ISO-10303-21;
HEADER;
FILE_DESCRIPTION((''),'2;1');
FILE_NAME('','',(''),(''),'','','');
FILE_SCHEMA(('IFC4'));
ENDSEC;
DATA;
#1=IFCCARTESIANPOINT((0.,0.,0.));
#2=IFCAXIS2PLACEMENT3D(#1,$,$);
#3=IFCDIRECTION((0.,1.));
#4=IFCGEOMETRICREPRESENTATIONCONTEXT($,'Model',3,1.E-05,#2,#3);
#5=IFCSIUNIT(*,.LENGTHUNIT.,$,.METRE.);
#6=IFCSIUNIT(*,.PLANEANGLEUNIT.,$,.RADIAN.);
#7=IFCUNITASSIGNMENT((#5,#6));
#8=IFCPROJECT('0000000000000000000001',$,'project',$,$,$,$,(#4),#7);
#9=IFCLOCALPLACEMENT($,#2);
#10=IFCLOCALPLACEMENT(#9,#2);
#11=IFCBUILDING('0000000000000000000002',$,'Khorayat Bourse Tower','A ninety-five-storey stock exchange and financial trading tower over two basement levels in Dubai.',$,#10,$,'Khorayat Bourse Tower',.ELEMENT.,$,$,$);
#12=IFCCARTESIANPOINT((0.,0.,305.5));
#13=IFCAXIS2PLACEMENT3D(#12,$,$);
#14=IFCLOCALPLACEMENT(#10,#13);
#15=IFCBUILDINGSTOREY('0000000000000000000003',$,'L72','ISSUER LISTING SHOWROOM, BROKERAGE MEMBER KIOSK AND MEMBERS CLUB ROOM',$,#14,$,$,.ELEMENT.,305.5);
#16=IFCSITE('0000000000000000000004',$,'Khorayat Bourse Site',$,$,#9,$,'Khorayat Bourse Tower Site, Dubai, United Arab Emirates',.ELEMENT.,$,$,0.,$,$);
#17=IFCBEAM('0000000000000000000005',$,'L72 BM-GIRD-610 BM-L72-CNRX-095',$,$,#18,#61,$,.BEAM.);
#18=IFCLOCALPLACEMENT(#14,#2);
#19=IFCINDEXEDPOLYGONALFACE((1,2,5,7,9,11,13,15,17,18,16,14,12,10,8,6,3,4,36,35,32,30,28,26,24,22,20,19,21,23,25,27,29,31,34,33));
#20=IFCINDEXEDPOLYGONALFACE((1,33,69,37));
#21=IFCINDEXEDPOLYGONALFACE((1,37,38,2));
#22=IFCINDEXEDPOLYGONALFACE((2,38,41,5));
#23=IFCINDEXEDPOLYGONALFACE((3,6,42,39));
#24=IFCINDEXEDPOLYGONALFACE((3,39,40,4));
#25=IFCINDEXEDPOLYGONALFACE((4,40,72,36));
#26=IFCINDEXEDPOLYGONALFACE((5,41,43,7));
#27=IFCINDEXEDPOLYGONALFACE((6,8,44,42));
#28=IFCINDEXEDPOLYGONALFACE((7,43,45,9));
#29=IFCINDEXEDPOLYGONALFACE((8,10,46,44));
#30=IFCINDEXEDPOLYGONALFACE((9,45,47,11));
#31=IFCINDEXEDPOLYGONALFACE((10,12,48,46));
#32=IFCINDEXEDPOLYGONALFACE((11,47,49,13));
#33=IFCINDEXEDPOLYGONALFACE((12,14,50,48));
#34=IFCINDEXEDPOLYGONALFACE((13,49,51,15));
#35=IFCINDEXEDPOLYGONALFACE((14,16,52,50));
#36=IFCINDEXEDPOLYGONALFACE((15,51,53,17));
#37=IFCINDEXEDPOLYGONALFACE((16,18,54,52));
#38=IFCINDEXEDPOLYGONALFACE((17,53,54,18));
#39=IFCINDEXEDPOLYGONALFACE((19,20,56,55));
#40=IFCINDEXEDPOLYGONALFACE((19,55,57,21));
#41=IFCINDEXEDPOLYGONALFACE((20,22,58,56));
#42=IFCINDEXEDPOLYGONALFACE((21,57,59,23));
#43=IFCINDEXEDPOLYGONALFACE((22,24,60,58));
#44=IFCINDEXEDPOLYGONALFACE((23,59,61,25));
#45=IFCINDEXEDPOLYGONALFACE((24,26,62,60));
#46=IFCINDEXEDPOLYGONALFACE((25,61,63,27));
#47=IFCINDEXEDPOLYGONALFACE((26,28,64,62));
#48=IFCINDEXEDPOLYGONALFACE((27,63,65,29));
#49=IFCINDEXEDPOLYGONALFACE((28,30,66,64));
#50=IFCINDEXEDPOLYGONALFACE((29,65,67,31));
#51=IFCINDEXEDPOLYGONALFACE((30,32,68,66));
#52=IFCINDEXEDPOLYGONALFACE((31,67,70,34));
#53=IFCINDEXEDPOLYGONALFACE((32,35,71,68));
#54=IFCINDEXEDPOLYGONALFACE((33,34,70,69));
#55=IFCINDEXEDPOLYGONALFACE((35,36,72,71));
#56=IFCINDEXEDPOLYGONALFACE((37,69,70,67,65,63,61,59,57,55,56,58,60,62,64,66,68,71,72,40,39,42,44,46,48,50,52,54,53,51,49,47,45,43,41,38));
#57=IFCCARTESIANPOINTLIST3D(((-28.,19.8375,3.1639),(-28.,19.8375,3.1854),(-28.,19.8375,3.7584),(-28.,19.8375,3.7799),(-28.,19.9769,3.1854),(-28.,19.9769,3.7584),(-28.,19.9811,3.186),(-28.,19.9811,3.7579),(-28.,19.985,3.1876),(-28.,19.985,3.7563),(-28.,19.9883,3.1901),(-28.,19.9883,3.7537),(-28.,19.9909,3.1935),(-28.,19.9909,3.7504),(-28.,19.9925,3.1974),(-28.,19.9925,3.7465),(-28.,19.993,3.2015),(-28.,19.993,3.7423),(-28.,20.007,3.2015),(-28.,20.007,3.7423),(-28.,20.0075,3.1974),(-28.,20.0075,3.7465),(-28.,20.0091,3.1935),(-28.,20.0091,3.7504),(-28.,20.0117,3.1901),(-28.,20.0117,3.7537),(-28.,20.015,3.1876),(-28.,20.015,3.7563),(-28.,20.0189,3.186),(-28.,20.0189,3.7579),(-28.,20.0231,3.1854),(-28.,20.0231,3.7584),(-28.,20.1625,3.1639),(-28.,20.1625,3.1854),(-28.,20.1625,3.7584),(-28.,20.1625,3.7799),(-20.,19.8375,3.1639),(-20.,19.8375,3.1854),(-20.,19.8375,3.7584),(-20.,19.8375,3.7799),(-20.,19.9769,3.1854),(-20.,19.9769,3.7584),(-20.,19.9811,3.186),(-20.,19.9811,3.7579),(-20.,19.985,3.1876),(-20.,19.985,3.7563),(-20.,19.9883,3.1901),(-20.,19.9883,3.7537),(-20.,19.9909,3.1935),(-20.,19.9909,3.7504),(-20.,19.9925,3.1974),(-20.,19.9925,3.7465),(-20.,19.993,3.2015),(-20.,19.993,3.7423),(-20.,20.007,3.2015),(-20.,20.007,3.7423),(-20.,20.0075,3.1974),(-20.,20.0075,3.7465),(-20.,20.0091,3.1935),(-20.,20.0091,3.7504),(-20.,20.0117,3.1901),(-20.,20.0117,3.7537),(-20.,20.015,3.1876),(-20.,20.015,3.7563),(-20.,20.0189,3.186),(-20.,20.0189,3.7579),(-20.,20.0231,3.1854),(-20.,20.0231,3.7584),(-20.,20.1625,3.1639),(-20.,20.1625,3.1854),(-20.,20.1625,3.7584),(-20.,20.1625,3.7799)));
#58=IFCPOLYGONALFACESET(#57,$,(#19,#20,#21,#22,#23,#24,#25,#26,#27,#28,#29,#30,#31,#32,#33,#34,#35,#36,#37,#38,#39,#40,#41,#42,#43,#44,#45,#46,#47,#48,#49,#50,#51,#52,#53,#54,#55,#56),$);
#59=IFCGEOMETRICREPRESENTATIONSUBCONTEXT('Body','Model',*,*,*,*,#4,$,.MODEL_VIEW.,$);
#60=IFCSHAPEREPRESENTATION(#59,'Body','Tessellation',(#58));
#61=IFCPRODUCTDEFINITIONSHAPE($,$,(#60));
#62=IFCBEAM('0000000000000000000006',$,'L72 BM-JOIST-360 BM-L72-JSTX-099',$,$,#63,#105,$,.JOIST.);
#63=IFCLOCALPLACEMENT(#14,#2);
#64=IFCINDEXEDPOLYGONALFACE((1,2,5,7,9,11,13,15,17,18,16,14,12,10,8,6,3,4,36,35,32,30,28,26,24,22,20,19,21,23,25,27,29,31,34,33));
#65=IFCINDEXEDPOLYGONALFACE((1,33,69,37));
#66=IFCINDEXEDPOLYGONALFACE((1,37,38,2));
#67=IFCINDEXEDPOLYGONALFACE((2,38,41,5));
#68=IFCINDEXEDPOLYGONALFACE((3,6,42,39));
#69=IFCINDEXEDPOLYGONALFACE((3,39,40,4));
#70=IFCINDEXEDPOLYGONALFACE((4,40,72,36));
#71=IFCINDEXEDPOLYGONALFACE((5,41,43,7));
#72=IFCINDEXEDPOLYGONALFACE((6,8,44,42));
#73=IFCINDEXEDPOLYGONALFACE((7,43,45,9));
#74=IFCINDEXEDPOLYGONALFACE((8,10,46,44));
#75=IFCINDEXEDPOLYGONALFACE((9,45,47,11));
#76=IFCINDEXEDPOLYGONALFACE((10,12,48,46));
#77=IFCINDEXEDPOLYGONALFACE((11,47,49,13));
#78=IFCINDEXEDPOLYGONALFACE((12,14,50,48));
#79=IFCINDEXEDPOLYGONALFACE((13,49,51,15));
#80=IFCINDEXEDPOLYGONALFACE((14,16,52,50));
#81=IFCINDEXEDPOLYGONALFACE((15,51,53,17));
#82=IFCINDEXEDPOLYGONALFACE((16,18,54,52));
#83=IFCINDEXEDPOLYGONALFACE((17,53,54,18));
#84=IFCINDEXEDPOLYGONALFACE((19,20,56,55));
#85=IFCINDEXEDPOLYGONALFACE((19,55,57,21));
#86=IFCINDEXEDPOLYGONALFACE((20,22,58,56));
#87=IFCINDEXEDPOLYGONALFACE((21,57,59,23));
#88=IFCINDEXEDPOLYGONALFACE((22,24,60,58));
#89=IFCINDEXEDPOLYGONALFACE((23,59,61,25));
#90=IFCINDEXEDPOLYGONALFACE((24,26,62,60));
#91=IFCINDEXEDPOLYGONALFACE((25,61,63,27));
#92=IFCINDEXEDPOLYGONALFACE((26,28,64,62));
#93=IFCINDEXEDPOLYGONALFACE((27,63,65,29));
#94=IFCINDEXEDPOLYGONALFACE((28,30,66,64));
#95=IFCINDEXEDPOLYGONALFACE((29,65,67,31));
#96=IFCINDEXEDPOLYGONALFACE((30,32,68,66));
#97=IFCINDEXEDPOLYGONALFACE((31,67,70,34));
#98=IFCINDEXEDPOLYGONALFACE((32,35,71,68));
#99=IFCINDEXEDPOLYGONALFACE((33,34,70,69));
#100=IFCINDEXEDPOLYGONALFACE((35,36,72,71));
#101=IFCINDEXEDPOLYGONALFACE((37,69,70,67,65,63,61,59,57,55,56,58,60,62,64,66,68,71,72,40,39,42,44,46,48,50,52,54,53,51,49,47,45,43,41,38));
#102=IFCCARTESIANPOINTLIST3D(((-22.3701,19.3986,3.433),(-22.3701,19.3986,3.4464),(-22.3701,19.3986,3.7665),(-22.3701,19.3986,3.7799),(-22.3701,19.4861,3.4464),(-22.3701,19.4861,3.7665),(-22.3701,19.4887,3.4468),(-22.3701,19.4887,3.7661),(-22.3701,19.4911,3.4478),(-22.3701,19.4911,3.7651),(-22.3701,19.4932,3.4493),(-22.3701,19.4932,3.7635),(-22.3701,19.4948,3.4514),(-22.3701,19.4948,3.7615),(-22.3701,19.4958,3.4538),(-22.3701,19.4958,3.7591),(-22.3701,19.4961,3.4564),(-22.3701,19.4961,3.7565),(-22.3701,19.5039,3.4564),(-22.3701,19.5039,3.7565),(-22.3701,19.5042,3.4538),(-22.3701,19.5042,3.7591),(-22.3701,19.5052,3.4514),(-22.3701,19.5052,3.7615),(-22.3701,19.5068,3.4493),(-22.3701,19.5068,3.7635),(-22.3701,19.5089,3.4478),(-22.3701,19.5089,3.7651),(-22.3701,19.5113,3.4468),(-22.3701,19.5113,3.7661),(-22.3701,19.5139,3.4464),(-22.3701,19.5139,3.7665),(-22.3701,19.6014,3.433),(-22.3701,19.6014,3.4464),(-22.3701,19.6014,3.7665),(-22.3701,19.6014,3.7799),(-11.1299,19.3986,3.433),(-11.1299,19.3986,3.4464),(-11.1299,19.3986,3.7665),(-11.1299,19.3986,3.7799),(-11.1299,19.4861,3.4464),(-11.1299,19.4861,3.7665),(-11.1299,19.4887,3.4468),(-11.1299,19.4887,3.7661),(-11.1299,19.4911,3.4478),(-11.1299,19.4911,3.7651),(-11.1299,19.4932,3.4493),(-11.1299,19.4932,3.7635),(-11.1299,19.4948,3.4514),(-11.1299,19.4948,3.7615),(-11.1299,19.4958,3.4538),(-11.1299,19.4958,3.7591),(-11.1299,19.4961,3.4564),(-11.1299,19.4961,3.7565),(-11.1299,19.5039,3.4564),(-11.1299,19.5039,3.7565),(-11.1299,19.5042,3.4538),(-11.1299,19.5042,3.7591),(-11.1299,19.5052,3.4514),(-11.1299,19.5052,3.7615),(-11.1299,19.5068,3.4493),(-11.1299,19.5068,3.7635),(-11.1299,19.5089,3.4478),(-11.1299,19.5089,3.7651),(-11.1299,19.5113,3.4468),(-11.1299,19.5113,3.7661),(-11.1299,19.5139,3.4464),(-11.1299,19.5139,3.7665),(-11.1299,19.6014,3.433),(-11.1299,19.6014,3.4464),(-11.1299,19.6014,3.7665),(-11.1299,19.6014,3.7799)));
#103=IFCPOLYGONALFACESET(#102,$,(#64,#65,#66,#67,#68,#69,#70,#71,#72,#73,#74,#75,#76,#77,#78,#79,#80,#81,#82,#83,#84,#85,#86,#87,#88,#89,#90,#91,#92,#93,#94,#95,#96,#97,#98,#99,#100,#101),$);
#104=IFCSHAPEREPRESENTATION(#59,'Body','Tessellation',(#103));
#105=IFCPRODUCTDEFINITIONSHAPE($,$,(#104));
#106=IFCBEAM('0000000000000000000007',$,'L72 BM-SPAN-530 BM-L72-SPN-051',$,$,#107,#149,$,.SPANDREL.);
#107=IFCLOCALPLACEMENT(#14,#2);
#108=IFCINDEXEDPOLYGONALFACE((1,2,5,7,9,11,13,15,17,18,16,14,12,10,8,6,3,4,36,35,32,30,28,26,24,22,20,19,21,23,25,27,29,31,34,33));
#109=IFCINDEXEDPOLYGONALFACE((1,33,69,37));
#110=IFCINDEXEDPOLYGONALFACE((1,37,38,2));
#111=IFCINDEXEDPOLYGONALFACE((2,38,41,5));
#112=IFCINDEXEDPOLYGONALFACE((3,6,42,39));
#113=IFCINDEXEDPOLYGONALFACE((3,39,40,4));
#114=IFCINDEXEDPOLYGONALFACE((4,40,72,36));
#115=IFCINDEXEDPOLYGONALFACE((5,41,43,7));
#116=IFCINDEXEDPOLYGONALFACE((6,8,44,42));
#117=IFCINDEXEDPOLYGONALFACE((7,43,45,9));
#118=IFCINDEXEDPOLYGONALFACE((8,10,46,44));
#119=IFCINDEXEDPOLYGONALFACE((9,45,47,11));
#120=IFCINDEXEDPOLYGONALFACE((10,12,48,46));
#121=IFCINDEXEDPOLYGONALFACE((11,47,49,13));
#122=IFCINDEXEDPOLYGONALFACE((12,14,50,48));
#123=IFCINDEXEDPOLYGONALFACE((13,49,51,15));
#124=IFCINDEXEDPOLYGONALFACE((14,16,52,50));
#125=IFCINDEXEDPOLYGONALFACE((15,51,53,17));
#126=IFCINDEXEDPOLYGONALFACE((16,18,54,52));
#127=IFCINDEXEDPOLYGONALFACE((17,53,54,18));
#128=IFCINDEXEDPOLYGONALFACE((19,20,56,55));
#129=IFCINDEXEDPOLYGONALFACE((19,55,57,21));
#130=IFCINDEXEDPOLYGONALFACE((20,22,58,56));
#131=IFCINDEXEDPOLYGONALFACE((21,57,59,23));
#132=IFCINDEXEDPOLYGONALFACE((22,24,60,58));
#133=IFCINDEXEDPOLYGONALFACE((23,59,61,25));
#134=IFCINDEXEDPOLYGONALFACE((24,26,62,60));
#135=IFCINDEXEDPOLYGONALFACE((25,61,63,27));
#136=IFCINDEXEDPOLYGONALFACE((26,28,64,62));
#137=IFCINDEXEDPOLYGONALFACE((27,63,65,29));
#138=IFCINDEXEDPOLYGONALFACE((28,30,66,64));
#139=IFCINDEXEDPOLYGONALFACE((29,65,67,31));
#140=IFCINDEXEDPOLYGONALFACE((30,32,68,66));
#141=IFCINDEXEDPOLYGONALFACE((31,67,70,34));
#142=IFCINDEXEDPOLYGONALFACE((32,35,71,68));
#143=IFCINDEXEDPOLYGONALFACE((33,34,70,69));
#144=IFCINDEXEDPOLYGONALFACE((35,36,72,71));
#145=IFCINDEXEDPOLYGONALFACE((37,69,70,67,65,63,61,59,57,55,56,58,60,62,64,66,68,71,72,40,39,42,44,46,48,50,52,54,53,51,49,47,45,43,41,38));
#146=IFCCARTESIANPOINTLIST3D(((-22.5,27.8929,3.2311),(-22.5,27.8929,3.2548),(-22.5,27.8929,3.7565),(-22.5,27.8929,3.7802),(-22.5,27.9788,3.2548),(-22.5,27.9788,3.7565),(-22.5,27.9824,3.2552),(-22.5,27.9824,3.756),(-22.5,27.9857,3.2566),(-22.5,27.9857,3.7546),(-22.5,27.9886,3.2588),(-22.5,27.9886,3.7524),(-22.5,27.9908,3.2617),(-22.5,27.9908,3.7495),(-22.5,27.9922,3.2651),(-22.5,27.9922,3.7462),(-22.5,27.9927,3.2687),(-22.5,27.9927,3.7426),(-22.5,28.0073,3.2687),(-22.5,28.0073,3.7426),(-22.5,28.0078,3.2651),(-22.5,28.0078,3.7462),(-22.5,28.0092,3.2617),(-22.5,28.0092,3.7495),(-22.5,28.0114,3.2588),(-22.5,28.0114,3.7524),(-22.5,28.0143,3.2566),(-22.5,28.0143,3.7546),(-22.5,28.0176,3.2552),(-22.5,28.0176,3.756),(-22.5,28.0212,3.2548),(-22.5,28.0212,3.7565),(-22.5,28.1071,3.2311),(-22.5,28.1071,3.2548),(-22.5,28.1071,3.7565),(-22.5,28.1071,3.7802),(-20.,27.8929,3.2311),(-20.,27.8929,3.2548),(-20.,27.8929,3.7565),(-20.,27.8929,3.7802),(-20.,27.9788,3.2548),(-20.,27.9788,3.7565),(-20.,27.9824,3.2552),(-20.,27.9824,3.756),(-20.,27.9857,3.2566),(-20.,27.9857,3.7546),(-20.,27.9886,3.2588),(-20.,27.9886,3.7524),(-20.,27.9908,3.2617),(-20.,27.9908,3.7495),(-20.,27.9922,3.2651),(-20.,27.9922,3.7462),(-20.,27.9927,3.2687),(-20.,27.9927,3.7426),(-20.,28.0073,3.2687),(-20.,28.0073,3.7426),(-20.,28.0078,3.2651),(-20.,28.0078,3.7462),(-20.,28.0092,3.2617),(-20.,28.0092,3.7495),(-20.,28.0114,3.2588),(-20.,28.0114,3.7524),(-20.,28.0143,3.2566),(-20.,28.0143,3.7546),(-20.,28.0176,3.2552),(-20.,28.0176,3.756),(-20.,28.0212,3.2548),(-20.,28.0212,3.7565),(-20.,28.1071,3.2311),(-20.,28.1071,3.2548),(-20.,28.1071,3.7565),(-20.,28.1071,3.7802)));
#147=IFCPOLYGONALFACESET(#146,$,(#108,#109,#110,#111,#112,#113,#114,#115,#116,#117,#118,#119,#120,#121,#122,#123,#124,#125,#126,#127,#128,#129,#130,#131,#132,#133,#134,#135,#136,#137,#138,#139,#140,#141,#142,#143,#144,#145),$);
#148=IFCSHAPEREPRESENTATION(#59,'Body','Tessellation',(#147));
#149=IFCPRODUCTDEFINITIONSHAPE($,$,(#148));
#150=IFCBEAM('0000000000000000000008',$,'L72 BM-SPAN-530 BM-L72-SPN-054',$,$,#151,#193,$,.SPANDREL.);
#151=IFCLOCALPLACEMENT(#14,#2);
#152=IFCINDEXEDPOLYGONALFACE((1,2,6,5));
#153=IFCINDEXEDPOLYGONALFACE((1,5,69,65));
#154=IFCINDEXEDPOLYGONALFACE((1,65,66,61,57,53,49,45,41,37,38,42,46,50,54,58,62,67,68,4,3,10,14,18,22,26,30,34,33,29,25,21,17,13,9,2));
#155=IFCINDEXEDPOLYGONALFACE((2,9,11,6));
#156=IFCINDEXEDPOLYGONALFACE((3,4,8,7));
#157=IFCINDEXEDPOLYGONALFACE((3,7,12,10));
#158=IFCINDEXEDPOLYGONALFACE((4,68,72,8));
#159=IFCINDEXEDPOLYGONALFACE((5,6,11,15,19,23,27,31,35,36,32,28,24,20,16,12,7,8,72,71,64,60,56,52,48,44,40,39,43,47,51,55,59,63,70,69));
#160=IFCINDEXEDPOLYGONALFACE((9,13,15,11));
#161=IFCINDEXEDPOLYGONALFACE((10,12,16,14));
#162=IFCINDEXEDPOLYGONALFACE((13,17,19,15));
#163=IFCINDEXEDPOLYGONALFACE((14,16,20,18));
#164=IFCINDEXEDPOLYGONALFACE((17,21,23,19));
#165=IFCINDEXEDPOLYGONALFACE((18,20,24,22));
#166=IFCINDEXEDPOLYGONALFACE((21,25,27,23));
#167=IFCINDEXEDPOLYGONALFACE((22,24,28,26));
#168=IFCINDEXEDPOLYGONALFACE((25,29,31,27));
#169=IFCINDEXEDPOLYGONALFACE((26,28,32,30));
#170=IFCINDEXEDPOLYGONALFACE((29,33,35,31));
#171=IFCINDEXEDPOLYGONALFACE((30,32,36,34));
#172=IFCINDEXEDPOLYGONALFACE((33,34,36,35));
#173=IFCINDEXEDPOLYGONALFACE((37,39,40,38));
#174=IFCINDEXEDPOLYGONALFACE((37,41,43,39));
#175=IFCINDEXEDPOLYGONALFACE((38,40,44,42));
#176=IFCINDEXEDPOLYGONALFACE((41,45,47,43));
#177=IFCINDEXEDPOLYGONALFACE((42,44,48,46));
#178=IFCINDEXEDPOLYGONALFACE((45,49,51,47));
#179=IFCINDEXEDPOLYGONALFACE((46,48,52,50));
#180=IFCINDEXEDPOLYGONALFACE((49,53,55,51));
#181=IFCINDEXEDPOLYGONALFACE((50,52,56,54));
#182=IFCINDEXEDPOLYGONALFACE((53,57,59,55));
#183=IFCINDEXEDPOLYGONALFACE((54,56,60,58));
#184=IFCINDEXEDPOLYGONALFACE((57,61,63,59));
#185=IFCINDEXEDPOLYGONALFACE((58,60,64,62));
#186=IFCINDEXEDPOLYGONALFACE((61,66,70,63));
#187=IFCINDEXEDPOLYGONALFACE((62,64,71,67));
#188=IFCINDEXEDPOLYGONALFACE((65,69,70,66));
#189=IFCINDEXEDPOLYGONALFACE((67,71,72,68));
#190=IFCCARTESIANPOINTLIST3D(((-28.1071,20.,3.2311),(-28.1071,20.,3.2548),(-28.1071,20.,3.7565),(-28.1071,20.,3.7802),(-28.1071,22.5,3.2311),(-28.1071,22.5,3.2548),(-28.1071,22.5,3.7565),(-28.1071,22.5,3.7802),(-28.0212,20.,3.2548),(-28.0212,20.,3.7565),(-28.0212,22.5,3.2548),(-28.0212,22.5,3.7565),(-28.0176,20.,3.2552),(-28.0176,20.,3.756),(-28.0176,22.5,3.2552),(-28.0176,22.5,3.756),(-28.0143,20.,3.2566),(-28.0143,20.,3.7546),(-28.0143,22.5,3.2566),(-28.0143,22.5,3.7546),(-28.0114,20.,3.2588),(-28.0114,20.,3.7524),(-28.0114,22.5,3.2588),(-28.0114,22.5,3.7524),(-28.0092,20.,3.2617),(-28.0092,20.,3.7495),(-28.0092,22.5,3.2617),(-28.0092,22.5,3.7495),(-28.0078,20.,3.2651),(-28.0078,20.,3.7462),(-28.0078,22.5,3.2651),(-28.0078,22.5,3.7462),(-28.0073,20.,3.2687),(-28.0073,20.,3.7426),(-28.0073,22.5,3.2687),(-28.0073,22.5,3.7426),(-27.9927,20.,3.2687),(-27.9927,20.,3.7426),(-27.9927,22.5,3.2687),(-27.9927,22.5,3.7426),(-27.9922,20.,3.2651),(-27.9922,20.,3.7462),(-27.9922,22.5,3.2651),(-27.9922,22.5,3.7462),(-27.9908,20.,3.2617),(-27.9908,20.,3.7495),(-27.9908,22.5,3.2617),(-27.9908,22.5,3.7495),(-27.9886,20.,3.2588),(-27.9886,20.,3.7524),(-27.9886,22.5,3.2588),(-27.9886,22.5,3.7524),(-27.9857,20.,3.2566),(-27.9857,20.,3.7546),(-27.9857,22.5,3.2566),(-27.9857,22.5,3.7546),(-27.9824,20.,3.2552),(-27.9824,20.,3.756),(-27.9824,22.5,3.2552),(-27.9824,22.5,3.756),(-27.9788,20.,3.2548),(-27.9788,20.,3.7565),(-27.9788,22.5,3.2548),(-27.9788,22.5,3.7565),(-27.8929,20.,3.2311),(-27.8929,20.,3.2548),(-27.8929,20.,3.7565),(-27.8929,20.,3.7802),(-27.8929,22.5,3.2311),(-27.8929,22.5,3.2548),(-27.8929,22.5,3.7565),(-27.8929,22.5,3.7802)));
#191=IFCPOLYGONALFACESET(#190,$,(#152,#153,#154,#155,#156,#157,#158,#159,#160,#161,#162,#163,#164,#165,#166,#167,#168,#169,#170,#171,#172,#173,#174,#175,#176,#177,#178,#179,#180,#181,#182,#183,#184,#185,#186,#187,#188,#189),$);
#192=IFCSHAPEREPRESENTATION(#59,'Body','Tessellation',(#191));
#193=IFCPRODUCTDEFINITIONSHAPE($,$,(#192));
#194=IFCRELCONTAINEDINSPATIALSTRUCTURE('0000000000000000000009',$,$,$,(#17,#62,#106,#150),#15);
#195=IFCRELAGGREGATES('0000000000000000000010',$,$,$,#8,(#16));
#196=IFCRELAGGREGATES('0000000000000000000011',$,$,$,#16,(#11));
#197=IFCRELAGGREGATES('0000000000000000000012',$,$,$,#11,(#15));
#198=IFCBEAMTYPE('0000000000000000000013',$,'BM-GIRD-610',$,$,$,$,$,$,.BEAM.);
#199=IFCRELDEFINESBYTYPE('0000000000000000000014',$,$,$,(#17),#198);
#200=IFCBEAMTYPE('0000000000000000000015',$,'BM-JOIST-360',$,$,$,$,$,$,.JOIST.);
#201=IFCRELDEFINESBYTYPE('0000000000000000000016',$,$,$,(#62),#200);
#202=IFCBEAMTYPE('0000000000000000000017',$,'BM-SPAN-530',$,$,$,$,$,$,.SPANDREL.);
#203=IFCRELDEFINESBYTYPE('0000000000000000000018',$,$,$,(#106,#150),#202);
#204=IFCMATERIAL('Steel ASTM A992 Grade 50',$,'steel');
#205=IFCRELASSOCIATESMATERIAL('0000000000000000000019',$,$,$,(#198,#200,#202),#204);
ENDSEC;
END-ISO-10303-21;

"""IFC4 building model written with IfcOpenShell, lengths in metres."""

from ifc_helpers import new_model, si_unit, direction, frame, origin, origin_2d, place, context, subcontext, project, spatial, i_section, extrude, source, transform, mapped, material, material_profile, profile_set, type_object, element, save


model = new_model("IFC4")

# Units and contexts
model_context = context("Model", 3, precision=1e-05, world=origin(), true_north=direction((0.0, 1.0)))
body_context = subcontext(model_context, "Body", "Model", "MODEL_VIEW")
ifc_project = project(units=[si_unit("LENGTHUNIT", "METRE"), si_unit("PLANEANGLEUNIT", "RADIAN")], contexts=[model_context])

# Site, building, storey
site_placement = place(None, origin())
site = spatial("IfcSite", under=ifc_project, at=site_placement, Name="Khorayat Bourse Site", LongName="Khorayat Bourse Tower Site, Dubai, United Arab Emirates", CompositionType="ELEMENT", RefElevation=0.0)
building_placement = place(site_placement, origin())
building = spatial("IfcBuilding", under=site, at=building_placement, Name="Khorayat Bourse Tower", Description="A ninety-five-storey stock exchange and financial trading tower over two basement levels in Dubai.", LongName="Khorayat Bourse Tower", CompositionType="ELEMENT")
storey_placement = place(building_placement, frame((0.0, 0.0, 305.5)))
storey = spatial("IfcBuildingStorey", under=building, at=storey_placement, Name="L72", Description="ISSUER LISTING SHOWROOM, BROKERAGE MEMBER KIOSK AND MEMBERS CLUB ROOM", CompositionType="ELEMENT", Elevation=305.5)

# Beams
ifc_material_1 = material(Name="Steel ASTM A992 Grade 50", Category="steel")
ifc_material_profile_1 = material_profile(ifc_material_1, i_section(OverallWidth=0.325, OverallDepth=0.616, WebThickness=0.0139, FlangeThickness=0.0215, FilletRadius=0.0161, at=origin_2d()), Name="W610X174")
ifc_profile_set_1 = profile_set([ifc_material_profile_1], Name="Steel ASTM A992 Grade 50")
beam_type_1 = type_object("IfcBeamType", Name="BM-GIRD-610", PredefinedType="BEAM", material=ifc_profile_set_1)
shared_shape_1 = source(origin(), body_context, "Body", "SweptSolid", [
    extrude(i_section(OverallWidth=0.325, OverallDepth=0.616, WebThickness=0.0139, FlangeThickness=0.0215, FilletRadius=0.0161, at=origin_2d()), origin(), (0.0, 0.0, 1.0), 8.0),
])
beam_1_placement = place(storey_placement, frame((-28.0, 20.0, 3.4719), z_axis=(1.0, 0.0, 0.0), x_axis=(0.0, 1.0, 0.0)))
element("IfcBeam", 1, at=beam_1_placement, inside=storey, type_object=beam_type_1, Name="L72 BM-GIRD-610 BM-L72-CNRX-095", PredefinedType="BEAM", context=body_context, shape_type="MappedRepresentation", body=[
    mapped(shared_shape_1, transform((0.0, 0.0, 0.0), scale=1.0)),
])
ifc_material_profile_2 = material_profile(ifc_material_1, i_section(OverallWidth=0.2029, OverallDepth=0.3469, WebThickness=0.0078, FlangeThickness=0.0134, FilletRadius=0.01, at=origin_2d()), Name="W360X64")
ifc_profile_set_2 = profile_set([ifc_material_profile_2], Name="Steel ASTM A992 Grade 50")
beam_type_2 = type_object("IfcBeamType", Name="BM-JOIST-360", PredefinedType="JOIST", material=ifc_profile_set_2)
shared_shape_2 = source(origin(), body_context, "Body", "SweptSolid", [
    extrude(i_section(OverallWidth=0.2029, OverallDepth=0.3469, WebThickness=0.0078, FlangeThickness=0.0134, FilletRadius=0.01, at=origin_2d()), origin(), (0.0, 0.0, 1.0), 11.2402),
])
beam_2_placement = place(storey_placement, frame((-22.3701, 19.5, 3.6064), z_axis=(1.0, 0.0, 0.0), x_axis=(0.0, 1.0, 0.0)))
element("IfcBeam", 2, at=beam_2_placement, inside=storey, type_object=beam_type_2, Name="L72 BM-JOIST-360 BM-L72-JSTX-099", PredefinedType="JOIST", context=body_context, shape_type="MappedRepresentation", body=[
    mapped(shared_shape_2, transform((0.0, 0.0, 0.0), scale=1.0)),
])
ifc_material_profile_3 = material_profile(ifc_material_1, i_section(OverallWidth=0.2141, OverallDepth=0.5491, WebThickness=0.0146, FlangeThickness=0.0237, FilletRadius=0.0139, at=origin_2d()), Name="W530X138")
ifc_profile_set_3 = profile_set([ifc_material_profile_3], Name="Steel ASTM A992 Grade 50")
beam_type_3 = type_object("IfcBeamType", Name="BM-SPAN-530", PredefinedType="SPANDREL", material=ifc_profile_set_3)
shared_shape_3 = source(origin(), body_context, "Body", "SweptSolid", [
    extrude(i_section(OverallWidth=0.2141, OverallDepth=0.5491, WebThickness=0.0146, FlangeThickness=0.0237, FilletRadius=0.0139, at=origin_2d()), origin(), (0.0, 0.0, 1.0), 2.5),
])
for number, where, z_axis, x_axis, name in (
    (3, (-22.5, 28.0, 3.5056), (1.0, 0.0, 0.0), (0.0, 1.0, 0.0), "L72 BM-SPAN-530 BM-L72-SPN-051"),
    (4, (-28.0, 20.0, 3.5056), (0.0, 1.0, 0.0), (-1.0, 0.0, 0.0), "L72 BM-SPAN-530 BM-L72-SPN-054"),
):
    element("IfcBeam", number, at=place(storey_placement, frame(where, z_axis=z_axis, x_axis=x_axis)), inside=storey, type_object=beam_type_3, Name=name, PredefinedType="SPANDREL", context=body_context, shape_type="MappedRepresentation", body=[
        mapped(shared_shape_3, transform((0.0, 0.0, 0.0), scale=1.0)),
    ])

save(model, "model.ifc")
